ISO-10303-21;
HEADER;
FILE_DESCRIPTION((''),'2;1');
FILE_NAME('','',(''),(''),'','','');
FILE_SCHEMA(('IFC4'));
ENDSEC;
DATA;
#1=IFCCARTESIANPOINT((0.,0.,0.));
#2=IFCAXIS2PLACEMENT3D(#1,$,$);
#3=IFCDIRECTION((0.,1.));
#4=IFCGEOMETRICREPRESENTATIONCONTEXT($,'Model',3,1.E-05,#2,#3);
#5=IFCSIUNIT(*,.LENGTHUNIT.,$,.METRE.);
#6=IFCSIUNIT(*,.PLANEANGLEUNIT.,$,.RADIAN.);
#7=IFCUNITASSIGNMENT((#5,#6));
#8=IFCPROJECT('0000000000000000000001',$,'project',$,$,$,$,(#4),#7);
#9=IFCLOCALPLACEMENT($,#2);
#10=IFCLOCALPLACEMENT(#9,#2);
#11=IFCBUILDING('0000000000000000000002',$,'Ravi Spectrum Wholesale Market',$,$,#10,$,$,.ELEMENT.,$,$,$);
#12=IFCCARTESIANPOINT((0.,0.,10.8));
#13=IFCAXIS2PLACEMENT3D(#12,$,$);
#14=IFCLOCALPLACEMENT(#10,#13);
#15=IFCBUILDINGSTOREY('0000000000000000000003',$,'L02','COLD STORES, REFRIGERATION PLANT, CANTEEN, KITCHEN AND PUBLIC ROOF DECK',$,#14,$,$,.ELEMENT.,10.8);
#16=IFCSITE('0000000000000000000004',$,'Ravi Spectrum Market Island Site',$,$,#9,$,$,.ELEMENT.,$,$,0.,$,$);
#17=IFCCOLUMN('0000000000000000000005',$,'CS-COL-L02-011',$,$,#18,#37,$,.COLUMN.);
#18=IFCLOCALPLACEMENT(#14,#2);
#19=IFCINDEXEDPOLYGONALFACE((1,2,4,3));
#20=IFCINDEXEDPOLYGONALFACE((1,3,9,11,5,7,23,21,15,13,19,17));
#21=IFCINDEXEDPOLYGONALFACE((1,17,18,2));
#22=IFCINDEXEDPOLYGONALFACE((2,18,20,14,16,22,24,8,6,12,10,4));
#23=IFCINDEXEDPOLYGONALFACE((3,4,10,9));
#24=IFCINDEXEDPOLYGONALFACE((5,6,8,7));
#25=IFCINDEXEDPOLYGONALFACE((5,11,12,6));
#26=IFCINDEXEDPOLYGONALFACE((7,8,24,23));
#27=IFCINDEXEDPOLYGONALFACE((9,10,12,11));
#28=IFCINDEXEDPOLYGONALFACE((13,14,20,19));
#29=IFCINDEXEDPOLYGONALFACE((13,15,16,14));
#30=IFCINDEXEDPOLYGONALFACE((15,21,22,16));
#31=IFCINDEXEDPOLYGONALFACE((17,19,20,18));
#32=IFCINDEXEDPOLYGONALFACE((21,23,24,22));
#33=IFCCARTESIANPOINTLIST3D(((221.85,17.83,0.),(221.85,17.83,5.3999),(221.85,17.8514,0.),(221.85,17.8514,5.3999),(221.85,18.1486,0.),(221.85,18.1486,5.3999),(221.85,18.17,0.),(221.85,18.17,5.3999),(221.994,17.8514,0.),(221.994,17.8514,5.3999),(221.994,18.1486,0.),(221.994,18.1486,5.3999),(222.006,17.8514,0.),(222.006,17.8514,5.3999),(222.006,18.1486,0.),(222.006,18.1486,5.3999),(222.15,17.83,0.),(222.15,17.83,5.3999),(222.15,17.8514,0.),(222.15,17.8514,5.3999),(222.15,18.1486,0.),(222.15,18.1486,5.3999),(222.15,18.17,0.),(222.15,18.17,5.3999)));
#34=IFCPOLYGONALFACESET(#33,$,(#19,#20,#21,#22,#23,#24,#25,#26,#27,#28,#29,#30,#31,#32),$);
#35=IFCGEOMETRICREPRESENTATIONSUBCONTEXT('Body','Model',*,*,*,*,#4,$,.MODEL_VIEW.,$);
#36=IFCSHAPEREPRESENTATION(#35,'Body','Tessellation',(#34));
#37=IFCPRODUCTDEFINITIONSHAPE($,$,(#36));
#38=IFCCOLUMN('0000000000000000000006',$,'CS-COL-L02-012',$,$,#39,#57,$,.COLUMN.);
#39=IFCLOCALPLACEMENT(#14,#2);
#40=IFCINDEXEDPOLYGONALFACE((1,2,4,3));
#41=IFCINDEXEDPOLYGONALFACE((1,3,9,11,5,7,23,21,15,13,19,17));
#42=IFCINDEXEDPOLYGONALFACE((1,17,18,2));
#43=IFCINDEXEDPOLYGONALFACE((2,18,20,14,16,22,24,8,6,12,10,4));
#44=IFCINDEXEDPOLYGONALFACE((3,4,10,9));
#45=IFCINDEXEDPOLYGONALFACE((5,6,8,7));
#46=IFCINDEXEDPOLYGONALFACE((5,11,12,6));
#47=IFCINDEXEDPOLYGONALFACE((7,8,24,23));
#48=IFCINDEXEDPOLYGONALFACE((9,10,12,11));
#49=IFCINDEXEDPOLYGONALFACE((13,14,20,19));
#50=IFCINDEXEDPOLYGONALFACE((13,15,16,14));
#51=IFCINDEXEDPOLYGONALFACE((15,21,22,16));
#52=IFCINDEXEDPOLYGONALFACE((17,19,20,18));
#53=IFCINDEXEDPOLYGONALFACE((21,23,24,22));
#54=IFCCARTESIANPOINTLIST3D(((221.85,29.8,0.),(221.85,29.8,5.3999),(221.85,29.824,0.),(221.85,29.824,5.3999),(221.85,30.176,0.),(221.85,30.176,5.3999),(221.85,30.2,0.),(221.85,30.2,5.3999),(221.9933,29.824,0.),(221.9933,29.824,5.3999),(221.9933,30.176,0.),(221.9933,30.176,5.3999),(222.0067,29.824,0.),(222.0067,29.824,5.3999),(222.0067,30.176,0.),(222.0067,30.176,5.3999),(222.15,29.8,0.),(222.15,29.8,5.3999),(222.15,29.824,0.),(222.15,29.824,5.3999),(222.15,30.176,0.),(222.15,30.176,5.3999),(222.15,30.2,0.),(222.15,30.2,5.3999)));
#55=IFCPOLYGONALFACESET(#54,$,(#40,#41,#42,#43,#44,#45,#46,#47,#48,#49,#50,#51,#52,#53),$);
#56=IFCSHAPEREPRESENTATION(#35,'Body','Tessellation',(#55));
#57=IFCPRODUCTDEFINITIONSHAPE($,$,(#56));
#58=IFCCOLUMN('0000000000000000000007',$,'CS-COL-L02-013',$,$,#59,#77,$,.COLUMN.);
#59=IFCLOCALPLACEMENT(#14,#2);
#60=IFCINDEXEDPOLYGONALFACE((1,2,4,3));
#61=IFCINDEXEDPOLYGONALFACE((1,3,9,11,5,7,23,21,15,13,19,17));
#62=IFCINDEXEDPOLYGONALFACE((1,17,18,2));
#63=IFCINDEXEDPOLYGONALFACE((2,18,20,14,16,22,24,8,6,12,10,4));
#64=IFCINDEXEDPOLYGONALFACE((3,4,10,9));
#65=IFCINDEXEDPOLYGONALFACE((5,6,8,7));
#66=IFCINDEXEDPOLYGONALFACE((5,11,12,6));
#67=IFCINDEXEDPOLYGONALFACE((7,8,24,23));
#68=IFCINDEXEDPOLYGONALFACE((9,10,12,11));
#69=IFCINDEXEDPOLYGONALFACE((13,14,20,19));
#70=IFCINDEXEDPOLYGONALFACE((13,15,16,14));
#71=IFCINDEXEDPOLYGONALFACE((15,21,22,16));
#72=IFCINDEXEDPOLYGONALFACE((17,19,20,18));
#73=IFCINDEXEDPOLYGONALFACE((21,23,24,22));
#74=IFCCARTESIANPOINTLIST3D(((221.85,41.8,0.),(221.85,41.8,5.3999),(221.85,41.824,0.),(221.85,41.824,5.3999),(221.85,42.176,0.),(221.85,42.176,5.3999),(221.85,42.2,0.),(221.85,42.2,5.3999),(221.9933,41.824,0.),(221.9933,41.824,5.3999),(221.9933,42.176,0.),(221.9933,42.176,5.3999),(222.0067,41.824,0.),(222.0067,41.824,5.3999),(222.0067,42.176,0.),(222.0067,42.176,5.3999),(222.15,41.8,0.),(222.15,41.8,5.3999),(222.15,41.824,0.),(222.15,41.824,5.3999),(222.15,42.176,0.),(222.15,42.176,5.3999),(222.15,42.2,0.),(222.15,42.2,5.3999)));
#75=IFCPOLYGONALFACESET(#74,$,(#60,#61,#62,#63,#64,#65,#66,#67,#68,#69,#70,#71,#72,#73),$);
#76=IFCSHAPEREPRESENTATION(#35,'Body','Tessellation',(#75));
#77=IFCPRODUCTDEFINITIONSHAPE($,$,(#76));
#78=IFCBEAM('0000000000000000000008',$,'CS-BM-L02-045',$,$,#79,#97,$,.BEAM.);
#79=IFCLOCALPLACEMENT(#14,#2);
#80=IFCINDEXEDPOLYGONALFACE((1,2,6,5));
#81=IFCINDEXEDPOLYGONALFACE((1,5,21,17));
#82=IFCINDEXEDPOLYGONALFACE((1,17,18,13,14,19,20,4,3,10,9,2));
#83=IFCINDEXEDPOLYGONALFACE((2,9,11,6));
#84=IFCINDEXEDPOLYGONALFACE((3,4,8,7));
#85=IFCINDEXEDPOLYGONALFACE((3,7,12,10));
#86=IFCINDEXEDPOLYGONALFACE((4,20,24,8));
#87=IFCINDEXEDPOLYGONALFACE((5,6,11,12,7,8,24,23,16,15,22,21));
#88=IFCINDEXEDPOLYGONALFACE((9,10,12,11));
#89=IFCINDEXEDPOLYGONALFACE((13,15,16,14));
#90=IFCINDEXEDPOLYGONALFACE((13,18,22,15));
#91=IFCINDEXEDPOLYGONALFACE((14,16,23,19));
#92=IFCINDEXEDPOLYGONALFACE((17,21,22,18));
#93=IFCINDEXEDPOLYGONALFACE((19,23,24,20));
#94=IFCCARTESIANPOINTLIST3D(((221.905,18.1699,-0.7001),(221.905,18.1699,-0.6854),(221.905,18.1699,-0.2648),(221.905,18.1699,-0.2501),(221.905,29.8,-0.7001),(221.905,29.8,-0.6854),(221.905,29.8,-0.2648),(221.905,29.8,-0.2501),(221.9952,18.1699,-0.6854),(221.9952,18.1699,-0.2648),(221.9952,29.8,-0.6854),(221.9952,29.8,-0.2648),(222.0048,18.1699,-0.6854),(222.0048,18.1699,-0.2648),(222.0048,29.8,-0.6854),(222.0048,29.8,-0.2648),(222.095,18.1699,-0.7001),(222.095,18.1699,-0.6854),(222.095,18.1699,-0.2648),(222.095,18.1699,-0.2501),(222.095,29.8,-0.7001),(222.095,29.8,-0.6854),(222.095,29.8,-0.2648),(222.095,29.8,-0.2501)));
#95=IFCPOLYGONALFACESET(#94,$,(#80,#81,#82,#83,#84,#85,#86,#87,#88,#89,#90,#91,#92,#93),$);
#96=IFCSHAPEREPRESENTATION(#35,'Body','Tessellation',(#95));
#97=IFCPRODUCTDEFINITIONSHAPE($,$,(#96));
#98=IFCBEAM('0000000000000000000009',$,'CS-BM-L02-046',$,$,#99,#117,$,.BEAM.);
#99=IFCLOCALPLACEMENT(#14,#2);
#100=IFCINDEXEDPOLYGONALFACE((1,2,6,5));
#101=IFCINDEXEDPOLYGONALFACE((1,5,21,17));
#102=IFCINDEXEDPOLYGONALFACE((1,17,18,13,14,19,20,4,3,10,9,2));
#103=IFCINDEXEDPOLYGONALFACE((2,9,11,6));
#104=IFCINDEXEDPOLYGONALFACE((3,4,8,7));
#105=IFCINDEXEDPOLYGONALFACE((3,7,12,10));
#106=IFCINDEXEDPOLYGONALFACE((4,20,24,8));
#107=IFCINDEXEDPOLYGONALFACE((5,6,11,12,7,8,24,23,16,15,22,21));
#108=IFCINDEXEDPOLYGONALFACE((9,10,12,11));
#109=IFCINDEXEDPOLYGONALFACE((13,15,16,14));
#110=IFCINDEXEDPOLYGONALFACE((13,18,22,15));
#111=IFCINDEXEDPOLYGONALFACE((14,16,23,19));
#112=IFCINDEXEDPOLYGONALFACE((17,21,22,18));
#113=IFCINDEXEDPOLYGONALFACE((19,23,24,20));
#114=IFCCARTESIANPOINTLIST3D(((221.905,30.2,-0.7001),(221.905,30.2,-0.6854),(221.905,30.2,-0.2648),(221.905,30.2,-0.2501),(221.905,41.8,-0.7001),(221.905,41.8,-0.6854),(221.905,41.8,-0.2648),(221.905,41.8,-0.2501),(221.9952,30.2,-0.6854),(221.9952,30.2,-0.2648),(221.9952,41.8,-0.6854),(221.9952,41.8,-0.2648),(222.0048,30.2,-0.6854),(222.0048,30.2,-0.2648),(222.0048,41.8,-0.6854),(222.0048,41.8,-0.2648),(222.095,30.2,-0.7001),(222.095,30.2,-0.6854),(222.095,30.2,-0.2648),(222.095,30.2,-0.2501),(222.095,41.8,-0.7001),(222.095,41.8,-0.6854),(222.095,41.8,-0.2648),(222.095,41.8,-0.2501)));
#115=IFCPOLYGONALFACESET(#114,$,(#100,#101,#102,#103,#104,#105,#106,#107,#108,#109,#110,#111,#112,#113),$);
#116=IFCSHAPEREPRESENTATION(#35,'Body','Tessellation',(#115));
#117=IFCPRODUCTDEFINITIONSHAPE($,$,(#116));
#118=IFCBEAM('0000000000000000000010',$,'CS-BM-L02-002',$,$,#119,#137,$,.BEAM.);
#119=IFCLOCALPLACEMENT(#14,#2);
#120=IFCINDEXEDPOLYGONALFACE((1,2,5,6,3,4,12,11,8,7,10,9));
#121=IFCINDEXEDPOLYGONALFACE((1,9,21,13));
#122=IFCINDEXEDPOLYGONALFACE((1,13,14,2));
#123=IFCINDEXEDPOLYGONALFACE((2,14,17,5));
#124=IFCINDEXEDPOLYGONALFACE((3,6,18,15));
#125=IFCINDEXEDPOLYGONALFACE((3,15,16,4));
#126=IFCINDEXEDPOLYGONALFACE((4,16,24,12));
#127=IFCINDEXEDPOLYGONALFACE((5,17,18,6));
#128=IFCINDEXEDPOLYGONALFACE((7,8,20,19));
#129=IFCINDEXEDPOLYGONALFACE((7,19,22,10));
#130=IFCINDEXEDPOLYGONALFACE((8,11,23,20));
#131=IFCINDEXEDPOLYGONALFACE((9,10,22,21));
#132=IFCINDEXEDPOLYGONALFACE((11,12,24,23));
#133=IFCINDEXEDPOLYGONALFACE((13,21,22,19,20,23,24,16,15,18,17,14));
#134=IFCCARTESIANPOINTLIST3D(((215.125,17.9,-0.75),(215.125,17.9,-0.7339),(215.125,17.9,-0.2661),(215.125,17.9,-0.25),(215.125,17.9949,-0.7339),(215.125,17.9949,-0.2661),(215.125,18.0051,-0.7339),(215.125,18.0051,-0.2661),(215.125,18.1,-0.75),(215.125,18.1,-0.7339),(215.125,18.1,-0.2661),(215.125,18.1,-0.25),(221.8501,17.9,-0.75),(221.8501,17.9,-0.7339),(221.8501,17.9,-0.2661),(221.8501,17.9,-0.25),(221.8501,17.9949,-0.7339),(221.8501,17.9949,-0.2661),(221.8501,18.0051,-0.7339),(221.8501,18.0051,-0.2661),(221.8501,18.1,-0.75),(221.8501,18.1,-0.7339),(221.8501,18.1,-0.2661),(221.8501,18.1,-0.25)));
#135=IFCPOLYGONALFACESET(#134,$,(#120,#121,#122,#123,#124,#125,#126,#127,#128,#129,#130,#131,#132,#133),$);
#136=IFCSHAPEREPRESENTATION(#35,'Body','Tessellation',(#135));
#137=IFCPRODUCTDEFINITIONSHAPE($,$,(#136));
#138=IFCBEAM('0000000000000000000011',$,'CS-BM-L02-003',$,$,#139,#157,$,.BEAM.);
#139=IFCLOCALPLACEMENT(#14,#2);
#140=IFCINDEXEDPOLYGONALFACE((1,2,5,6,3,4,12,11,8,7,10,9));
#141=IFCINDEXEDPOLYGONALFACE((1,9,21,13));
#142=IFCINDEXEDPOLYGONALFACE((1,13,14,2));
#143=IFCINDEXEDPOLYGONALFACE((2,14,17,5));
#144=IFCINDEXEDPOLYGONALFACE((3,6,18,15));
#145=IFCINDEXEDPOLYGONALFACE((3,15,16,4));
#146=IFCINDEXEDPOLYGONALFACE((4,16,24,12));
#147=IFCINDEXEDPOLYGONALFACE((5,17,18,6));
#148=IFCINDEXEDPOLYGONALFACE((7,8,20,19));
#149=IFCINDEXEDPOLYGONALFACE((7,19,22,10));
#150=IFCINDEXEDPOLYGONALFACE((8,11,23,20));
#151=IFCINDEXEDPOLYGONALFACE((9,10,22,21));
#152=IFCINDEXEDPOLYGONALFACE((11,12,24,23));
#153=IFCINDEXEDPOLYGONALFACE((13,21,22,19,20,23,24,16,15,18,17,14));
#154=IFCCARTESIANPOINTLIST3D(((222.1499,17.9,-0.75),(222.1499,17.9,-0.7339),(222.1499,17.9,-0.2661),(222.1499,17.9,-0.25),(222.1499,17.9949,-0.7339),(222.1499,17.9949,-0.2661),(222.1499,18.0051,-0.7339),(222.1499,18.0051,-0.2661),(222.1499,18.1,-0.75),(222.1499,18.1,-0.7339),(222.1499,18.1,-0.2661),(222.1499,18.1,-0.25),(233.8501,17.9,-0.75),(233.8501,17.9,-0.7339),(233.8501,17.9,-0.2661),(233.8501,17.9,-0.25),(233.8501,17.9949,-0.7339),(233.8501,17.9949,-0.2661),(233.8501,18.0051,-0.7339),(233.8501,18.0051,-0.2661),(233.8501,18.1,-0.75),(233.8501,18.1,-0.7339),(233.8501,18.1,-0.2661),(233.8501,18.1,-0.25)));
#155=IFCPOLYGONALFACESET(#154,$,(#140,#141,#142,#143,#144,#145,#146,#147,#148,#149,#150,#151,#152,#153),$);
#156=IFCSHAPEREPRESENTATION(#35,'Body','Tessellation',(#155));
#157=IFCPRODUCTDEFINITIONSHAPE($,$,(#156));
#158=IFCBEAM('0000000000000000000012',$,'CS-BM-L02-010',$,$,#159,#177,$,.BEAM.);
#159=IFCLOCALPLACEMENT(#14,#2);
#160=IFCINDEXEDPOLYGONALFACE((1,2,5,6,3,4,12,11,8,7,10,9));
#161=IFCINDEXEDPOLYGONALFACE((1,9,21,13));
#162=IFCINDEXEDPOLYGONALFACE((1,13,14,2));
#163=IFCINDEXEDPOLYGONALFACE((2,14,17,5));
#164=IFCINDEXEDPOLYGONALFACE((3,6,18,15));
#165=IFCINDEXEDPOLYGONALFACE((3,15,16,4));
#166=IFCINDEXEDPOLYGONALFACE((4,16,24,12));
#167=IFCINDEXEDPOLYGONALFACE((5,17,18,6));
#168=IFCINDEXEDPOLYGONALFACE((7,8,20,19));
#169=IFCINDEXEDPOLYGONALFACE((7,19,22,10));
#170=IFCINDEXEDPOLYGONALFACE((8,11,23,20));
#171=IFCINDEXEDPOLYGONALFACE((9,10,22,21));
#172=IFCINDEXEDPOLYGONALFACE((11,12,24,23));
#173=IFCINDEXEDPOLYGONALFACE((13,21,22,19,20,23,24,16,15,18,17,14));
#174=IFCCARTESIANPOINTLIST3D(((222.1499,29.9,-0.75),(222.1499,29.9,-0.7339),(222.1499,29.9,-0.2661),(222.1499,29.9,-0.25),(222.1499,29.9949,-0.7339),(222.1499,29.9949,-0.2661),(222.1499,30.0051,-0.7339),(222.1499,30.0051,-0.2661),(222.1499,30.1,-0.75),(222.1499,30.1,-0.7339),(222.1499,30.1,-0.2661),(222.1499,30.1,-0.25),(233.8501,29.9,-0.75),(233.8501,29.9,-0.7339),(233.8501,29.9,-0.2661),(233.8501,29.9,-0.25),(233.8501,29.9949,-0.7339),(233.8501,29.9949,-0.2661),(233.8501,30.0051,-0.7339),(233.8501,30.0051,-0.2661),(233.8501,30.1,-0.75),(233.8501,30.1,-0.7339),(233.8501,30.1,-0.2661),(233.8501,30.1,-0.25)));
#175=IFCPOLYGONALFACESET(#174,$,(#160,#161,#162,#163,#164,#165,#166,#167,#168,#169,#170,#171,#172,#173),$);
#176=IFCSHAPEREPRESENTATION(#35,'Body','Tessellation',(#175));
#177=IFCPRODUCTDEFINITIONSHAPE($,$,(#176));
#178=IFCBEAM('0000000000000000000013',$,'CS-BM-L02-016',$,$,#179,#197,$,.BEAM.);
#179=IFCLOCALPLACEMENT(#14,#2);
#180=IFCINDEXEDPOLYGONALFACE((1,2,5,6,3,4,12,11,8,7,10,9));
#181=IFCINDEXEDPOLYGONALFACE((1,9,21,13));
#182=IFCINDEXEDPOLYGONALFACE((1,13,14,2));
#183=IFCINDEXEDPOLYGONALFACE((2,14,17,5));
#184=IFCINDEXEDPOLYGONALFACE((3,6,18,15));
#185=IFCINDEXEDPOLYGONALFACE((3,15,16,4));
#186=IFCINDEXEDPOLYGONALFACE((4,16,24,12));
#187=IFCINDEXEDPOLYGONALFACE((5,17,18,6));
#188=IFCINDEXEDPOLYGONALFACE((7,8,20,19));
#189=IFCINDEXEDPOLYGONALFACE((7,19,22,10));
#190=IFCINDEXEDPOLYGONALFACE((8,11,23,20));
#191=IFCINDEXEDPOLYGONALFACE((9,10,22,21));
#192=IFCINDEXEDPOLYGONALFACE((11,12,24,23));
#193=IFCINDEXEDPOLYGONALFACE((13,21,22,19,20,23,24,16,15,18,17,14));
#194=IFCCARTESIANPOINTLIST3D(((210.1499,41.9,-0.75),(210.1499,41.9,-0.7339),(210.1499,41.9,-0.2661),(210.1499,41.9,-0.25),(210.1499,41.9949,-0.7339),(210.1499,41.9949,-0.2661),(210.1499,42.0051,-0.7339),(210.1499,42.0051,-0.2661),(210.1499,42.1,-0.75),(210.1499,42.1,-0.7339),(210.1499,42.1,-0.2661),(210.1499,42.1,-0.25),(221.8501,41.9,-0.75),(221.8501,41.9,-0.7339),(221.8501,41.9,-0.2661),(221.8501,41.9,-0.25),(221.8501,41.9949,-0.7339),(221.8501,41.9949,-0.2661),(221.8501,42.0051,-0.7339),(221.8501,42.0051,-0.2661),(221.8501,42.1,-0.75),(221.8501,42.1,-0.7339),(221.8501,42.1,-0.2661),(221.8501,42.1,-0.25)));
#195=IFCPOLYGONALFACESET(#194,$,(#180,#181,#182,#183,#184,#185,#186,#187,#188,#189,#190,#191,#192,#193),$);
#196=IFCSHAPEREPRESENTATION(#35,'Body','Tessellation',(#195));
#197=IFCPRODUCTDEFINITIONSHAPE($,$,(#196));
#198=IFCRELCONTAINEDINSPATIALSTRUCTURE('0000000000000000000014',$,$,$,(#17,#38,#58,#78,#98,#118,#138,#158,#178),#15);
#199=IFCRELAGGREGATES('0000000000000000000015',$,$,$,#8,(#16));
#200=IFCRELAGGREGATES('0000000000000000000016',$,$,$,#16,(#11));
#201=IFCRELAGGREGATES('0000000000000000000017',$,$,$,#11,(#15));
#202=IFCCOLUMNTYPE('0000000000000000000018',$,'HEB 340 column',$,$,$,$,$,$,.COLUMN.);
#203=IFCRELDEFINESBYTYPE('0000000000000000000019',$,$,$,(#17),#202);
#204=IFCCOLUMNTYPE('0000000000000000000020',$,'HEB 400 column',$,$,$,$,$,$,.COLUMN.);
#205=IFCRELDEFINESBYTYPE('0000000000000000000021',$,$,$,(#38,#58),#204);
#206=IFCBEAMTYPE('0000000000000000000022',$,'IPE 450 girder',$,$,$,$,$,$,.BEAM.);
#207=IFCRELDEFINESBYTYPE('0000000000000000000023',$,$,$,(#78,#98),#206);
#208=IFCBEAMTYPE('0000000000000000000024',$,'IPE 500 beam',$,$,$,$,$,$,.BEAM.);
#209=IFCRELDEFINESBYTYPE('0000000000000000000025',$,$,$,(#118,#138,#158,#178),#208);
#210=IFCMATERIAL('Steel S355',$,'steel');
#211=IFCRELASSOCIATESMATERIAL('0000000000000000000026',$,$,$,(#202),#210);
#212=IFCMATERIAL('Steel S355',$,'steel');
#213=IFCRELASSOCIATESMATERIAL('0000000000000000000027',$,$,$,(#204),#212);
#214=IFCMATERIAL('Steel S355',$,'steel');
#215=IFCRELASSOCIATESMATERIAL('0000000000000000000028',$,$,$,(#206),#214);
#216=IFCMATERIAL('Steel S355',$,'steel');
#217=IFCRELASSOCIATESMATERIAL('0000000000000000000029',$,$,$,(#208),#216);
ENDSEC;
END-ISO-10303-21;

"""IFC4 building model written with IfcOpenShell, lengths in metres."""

from ifc_helpers import new_model, si_unit, direction, frame, origin, origin_2d, place, context, subcontext, project, spatial, i_section, extrude, material, material_profile, profile_set, type_object, element, save


model = new_model("IFC4")

# Units and contexts
model_context = context("Model", 3, precision=1e-05, world=origin(), true_north=direction((0.0, 1.0)))
body_context = subcontext(model_context, "Body", "Model", "MODEL_VIEW")
ifc_project = project(units=[si_unit("LENGTHUNIT", "METRE"), si_unit("PLANEANGLEUNIT", "RADIAN")], contexts=[model_context])

# Site, building, storey
site_placement = place(None, origin())
site = spatial("IfcSite", under=ifc_project, at=site_placement, Name="Ravi Spectrum Market Island Site", CompositionType="ELEMENT", RefElevation=0.0)
building_placement = place(site_placement, origin())
building = spatial("IfcBuilding", under=site, at=building_placement, Name="Ravi Spectrum Wholesale Market", CompositionType="ELEMENT")
storey_placement = place(building_placement, frame((0.0, 0.0, 10.8)))
storey = spatial("IfcBuildingStorey", under=building, at=storey_placement, Name="L02", Description="COLD STORES, REFRIGERATION PLANT, CANTEEN, KITCHEN AND PUBLIC ROOF DECK", CompositionType="ELEMENT", Elevation=10.8)

# Columns
ifc_material_1 = material(Name="Steel S355", Category="steel")
ifc_material_profile_1 = material_profile(ifc_material_1, i_section(OverallWidth=0.3, OverallDepth=0.3401, WebThickness=0.012, FlangeThickness=0.0215, at=origin_2d()))
ifc_profile_set_1 = profile_set([ifc_material_profile_1], Name="Steel S355")
column_type_1 = type_object("IfcColumnType", Name="HEB 340 column", PredefinedType="COLUMN", material=ifc_profile_set_1)
column_placement = place(storey_placement, frame((222.0, 18.0, 0.0), z_axis=(0.0, 0.0, 1.0), x_axis=(1.0, 0.0, 0.0)))
element("IfcColumn", 1, at=column_placement, inside=storey, type_object=column_type_1, Name="CS-COL-L02-011", PredefinedType="COLUMN", context=body_context, shape_type="SweptSolid", body=[
    extrude(i_section(OverallWidth=0.3, OverallDepth=0.3401, WebThickness=0.012, FlangeThickness=0.0215, at=origin_2d()), origin(), (0.0, 0.0, 1.0), 5.3999),
])
ifc_material_2 = material(Name="Steel S355", Category="steel")
ifc_material_profile_2 = material_profile(ifc_material_2, i_section(OverallWidth=0.3, OverallDepth=0.3999, WebThickness=0.0134, FlangeThickness=0.0239, at=origin_2d()))
ifc_profile_set_2 = profile_set([ifc_material_profile_2], Name="Steel S355")
column_type_2 = type_object("IfcColumnType", Name="HEB 400 column", PredefinedType="COLUMN", material=ifc_profile_set_2)
for number, where, z_axis, x_axis, name in (
    (2, (222.0, 30.0, 0.0), (0.0, 0.0, 1.0), (1.0, 0.0, 0.0), "CS-COL-L02-012"),
    (3, (222.0, 42.0, 0.0), (0.0, 0.0, 1.0), (1.0, 0.0, 0.0), "CS-COL-L02-013"),
):
    element("IfcColumn", number, at=place(storey_placement, frame(where, z_axis=z_axis, x_axis=x_axis)), inside=storey, type_object=column_type_2, Name=name, PredefinedType="COLUMN", context=body_context, shape_type="SweptSolid", body=[
        extrude(i_section(OverallWidth=0.3, OverallDepth=0.3999, WebThickness=0.0134, FlangeThickness=0.0239, at=origin_2d()), origin(), (0.0, 0.0, 1.0), 5.3999),
    ])

# Beams
ifc_material_3 = material(Name="Steel S355", Category="steel")
ifc_material_profile_3 = material_profile(ifc_material_3, i_section(OverallWidth=0.1899, OverallDepth=0.45, WebThickness=0.0095, FlangeThickness=0.0146, at=origin_2d()))
ifc_profile_set_3 = profile_set([ifc_material_profile_3], Name="Steel S355")
beam_type_1 = type_object("IfcBeamType", Name="IPE 450 girder", PredefinedType="BEAM", material=ifc_profile_set_3)
beam_1_placement = place(storey_placement, frame((222.0, 18.1699, -0.4751), z_axis=(0.0, 1.0, 0.0), x_axis=(-1.0, 0.0, 0.0)))
element("IfcBeam", 4, at=beam_1_placement, inside=storey, type_object=beam_type_1, Name="CS-BM-L02-045", PredefinedType="BEAM", context=body_context, shape_type="SweptSolid", body=[
    extrude(i_section(OverallWidth=0.1899, OverallDepth=0.45, WebThickness=0.0095, FlangeThickness=0.0146, at=origin_2d()), origin(), (0.0, 0.0, 1.0), 11.6301),
])
beam_2_placement = place(storey_placement, frame((222.0, 30.2, -0.4751), z_axis=(0.0, 1.0, 0.0), x_axis=(-1.0, 0.0, 0.0)))
element("IfcBeam", 5, at=beam_2_placement, inside=storey, type_object=beam_type_1, Name="CS-BM-L02-046", PredefinedType="BEAM", context=body_context, shape_type="SweptSolid", body=[
    extrude(i_section(OverallWidth=0.1899, OverallDepth=0.45, WebThickness=0.0095, FlangeThickness=0.0146, at=origin_2d()), origin(), (0.0, 0.0, 1.0), 11.6001),
])
ifc_material_4 = material(Name="Steel S355", Category="steel")
ifc_material_profile_4 = material_profile(ifc_material_4, i_section(OverallWidth=0.2, OverallDepth=0.5, WebThickness=0.0103, FlangeThickness=0.0161, at=origin_2d()))
ifc_profile_set_4 = profile_set([ifc_material_profile_4], Name="Steel S355")
beam_type_2 = type_object("IfcBeamType", Name="IPE 500 beam", PredefinedType="BEAM", material=ifc_profile_set_4)
beam_3_placement = place(storey_placement, frame((215.125, 18.0, -0.5), z_axis=(1.0, 0.0, 0.0), x_axis=(0.0, 1.0, 0.0)))
element("IfcBeam", 6, at=beam_3_placement, inside=storey, type_object=beam_type_2, Name="CS-BM-L02-002", PredefinedType="BEAM", context=body_context, shape_type="SweptSolid", body=[
    extrude(i_section(OverallWidth=0.2, OverallDepth=0.5, WebThickness=0.0103, FlangeThickness=0.0161, at=origin_2d()), origin(), (0.0, 0.0, 1.0), 6.7251),
])
for number, where, z_axis, x_axis, name in (
    (7, (222.1499, 18.0, -0.5), (1.0, 0.0, 0.0), (0.0, 1.0, 0.0), "CS-BM-L02-003"),
    (8, (222.1499, 30.0, -0.5), (1.0, 0.0, 0.0), (0.0, 1.0, 0.0), "CS-BM-L02-010"),
    (9, (210.1499, 42.0, -0.5), (1.0, 0.0, 0.0), (0.0, 1.0, 0.0), "CS-BM-L02-016"),
):
    element("IfcBeam", number, at=place(storey_placement, frame(where, z_axis=z_axis, x_axis=x_axis)), inside=storey, type_object=beam_type_2, Name=name, PredefinedType="BEAM", context=body_context, shape_type="SweptSolid", body=[
        extrude(i_section(OverallWidth=0.2, OverallDepth=0.5, WebThickness=0.0103, FlangeThickness=0.0161, at=origin_2d()), origin(), (0.0, 0.0, 1.0), 11.7002),
    ])

save(model, "model.ifc")
